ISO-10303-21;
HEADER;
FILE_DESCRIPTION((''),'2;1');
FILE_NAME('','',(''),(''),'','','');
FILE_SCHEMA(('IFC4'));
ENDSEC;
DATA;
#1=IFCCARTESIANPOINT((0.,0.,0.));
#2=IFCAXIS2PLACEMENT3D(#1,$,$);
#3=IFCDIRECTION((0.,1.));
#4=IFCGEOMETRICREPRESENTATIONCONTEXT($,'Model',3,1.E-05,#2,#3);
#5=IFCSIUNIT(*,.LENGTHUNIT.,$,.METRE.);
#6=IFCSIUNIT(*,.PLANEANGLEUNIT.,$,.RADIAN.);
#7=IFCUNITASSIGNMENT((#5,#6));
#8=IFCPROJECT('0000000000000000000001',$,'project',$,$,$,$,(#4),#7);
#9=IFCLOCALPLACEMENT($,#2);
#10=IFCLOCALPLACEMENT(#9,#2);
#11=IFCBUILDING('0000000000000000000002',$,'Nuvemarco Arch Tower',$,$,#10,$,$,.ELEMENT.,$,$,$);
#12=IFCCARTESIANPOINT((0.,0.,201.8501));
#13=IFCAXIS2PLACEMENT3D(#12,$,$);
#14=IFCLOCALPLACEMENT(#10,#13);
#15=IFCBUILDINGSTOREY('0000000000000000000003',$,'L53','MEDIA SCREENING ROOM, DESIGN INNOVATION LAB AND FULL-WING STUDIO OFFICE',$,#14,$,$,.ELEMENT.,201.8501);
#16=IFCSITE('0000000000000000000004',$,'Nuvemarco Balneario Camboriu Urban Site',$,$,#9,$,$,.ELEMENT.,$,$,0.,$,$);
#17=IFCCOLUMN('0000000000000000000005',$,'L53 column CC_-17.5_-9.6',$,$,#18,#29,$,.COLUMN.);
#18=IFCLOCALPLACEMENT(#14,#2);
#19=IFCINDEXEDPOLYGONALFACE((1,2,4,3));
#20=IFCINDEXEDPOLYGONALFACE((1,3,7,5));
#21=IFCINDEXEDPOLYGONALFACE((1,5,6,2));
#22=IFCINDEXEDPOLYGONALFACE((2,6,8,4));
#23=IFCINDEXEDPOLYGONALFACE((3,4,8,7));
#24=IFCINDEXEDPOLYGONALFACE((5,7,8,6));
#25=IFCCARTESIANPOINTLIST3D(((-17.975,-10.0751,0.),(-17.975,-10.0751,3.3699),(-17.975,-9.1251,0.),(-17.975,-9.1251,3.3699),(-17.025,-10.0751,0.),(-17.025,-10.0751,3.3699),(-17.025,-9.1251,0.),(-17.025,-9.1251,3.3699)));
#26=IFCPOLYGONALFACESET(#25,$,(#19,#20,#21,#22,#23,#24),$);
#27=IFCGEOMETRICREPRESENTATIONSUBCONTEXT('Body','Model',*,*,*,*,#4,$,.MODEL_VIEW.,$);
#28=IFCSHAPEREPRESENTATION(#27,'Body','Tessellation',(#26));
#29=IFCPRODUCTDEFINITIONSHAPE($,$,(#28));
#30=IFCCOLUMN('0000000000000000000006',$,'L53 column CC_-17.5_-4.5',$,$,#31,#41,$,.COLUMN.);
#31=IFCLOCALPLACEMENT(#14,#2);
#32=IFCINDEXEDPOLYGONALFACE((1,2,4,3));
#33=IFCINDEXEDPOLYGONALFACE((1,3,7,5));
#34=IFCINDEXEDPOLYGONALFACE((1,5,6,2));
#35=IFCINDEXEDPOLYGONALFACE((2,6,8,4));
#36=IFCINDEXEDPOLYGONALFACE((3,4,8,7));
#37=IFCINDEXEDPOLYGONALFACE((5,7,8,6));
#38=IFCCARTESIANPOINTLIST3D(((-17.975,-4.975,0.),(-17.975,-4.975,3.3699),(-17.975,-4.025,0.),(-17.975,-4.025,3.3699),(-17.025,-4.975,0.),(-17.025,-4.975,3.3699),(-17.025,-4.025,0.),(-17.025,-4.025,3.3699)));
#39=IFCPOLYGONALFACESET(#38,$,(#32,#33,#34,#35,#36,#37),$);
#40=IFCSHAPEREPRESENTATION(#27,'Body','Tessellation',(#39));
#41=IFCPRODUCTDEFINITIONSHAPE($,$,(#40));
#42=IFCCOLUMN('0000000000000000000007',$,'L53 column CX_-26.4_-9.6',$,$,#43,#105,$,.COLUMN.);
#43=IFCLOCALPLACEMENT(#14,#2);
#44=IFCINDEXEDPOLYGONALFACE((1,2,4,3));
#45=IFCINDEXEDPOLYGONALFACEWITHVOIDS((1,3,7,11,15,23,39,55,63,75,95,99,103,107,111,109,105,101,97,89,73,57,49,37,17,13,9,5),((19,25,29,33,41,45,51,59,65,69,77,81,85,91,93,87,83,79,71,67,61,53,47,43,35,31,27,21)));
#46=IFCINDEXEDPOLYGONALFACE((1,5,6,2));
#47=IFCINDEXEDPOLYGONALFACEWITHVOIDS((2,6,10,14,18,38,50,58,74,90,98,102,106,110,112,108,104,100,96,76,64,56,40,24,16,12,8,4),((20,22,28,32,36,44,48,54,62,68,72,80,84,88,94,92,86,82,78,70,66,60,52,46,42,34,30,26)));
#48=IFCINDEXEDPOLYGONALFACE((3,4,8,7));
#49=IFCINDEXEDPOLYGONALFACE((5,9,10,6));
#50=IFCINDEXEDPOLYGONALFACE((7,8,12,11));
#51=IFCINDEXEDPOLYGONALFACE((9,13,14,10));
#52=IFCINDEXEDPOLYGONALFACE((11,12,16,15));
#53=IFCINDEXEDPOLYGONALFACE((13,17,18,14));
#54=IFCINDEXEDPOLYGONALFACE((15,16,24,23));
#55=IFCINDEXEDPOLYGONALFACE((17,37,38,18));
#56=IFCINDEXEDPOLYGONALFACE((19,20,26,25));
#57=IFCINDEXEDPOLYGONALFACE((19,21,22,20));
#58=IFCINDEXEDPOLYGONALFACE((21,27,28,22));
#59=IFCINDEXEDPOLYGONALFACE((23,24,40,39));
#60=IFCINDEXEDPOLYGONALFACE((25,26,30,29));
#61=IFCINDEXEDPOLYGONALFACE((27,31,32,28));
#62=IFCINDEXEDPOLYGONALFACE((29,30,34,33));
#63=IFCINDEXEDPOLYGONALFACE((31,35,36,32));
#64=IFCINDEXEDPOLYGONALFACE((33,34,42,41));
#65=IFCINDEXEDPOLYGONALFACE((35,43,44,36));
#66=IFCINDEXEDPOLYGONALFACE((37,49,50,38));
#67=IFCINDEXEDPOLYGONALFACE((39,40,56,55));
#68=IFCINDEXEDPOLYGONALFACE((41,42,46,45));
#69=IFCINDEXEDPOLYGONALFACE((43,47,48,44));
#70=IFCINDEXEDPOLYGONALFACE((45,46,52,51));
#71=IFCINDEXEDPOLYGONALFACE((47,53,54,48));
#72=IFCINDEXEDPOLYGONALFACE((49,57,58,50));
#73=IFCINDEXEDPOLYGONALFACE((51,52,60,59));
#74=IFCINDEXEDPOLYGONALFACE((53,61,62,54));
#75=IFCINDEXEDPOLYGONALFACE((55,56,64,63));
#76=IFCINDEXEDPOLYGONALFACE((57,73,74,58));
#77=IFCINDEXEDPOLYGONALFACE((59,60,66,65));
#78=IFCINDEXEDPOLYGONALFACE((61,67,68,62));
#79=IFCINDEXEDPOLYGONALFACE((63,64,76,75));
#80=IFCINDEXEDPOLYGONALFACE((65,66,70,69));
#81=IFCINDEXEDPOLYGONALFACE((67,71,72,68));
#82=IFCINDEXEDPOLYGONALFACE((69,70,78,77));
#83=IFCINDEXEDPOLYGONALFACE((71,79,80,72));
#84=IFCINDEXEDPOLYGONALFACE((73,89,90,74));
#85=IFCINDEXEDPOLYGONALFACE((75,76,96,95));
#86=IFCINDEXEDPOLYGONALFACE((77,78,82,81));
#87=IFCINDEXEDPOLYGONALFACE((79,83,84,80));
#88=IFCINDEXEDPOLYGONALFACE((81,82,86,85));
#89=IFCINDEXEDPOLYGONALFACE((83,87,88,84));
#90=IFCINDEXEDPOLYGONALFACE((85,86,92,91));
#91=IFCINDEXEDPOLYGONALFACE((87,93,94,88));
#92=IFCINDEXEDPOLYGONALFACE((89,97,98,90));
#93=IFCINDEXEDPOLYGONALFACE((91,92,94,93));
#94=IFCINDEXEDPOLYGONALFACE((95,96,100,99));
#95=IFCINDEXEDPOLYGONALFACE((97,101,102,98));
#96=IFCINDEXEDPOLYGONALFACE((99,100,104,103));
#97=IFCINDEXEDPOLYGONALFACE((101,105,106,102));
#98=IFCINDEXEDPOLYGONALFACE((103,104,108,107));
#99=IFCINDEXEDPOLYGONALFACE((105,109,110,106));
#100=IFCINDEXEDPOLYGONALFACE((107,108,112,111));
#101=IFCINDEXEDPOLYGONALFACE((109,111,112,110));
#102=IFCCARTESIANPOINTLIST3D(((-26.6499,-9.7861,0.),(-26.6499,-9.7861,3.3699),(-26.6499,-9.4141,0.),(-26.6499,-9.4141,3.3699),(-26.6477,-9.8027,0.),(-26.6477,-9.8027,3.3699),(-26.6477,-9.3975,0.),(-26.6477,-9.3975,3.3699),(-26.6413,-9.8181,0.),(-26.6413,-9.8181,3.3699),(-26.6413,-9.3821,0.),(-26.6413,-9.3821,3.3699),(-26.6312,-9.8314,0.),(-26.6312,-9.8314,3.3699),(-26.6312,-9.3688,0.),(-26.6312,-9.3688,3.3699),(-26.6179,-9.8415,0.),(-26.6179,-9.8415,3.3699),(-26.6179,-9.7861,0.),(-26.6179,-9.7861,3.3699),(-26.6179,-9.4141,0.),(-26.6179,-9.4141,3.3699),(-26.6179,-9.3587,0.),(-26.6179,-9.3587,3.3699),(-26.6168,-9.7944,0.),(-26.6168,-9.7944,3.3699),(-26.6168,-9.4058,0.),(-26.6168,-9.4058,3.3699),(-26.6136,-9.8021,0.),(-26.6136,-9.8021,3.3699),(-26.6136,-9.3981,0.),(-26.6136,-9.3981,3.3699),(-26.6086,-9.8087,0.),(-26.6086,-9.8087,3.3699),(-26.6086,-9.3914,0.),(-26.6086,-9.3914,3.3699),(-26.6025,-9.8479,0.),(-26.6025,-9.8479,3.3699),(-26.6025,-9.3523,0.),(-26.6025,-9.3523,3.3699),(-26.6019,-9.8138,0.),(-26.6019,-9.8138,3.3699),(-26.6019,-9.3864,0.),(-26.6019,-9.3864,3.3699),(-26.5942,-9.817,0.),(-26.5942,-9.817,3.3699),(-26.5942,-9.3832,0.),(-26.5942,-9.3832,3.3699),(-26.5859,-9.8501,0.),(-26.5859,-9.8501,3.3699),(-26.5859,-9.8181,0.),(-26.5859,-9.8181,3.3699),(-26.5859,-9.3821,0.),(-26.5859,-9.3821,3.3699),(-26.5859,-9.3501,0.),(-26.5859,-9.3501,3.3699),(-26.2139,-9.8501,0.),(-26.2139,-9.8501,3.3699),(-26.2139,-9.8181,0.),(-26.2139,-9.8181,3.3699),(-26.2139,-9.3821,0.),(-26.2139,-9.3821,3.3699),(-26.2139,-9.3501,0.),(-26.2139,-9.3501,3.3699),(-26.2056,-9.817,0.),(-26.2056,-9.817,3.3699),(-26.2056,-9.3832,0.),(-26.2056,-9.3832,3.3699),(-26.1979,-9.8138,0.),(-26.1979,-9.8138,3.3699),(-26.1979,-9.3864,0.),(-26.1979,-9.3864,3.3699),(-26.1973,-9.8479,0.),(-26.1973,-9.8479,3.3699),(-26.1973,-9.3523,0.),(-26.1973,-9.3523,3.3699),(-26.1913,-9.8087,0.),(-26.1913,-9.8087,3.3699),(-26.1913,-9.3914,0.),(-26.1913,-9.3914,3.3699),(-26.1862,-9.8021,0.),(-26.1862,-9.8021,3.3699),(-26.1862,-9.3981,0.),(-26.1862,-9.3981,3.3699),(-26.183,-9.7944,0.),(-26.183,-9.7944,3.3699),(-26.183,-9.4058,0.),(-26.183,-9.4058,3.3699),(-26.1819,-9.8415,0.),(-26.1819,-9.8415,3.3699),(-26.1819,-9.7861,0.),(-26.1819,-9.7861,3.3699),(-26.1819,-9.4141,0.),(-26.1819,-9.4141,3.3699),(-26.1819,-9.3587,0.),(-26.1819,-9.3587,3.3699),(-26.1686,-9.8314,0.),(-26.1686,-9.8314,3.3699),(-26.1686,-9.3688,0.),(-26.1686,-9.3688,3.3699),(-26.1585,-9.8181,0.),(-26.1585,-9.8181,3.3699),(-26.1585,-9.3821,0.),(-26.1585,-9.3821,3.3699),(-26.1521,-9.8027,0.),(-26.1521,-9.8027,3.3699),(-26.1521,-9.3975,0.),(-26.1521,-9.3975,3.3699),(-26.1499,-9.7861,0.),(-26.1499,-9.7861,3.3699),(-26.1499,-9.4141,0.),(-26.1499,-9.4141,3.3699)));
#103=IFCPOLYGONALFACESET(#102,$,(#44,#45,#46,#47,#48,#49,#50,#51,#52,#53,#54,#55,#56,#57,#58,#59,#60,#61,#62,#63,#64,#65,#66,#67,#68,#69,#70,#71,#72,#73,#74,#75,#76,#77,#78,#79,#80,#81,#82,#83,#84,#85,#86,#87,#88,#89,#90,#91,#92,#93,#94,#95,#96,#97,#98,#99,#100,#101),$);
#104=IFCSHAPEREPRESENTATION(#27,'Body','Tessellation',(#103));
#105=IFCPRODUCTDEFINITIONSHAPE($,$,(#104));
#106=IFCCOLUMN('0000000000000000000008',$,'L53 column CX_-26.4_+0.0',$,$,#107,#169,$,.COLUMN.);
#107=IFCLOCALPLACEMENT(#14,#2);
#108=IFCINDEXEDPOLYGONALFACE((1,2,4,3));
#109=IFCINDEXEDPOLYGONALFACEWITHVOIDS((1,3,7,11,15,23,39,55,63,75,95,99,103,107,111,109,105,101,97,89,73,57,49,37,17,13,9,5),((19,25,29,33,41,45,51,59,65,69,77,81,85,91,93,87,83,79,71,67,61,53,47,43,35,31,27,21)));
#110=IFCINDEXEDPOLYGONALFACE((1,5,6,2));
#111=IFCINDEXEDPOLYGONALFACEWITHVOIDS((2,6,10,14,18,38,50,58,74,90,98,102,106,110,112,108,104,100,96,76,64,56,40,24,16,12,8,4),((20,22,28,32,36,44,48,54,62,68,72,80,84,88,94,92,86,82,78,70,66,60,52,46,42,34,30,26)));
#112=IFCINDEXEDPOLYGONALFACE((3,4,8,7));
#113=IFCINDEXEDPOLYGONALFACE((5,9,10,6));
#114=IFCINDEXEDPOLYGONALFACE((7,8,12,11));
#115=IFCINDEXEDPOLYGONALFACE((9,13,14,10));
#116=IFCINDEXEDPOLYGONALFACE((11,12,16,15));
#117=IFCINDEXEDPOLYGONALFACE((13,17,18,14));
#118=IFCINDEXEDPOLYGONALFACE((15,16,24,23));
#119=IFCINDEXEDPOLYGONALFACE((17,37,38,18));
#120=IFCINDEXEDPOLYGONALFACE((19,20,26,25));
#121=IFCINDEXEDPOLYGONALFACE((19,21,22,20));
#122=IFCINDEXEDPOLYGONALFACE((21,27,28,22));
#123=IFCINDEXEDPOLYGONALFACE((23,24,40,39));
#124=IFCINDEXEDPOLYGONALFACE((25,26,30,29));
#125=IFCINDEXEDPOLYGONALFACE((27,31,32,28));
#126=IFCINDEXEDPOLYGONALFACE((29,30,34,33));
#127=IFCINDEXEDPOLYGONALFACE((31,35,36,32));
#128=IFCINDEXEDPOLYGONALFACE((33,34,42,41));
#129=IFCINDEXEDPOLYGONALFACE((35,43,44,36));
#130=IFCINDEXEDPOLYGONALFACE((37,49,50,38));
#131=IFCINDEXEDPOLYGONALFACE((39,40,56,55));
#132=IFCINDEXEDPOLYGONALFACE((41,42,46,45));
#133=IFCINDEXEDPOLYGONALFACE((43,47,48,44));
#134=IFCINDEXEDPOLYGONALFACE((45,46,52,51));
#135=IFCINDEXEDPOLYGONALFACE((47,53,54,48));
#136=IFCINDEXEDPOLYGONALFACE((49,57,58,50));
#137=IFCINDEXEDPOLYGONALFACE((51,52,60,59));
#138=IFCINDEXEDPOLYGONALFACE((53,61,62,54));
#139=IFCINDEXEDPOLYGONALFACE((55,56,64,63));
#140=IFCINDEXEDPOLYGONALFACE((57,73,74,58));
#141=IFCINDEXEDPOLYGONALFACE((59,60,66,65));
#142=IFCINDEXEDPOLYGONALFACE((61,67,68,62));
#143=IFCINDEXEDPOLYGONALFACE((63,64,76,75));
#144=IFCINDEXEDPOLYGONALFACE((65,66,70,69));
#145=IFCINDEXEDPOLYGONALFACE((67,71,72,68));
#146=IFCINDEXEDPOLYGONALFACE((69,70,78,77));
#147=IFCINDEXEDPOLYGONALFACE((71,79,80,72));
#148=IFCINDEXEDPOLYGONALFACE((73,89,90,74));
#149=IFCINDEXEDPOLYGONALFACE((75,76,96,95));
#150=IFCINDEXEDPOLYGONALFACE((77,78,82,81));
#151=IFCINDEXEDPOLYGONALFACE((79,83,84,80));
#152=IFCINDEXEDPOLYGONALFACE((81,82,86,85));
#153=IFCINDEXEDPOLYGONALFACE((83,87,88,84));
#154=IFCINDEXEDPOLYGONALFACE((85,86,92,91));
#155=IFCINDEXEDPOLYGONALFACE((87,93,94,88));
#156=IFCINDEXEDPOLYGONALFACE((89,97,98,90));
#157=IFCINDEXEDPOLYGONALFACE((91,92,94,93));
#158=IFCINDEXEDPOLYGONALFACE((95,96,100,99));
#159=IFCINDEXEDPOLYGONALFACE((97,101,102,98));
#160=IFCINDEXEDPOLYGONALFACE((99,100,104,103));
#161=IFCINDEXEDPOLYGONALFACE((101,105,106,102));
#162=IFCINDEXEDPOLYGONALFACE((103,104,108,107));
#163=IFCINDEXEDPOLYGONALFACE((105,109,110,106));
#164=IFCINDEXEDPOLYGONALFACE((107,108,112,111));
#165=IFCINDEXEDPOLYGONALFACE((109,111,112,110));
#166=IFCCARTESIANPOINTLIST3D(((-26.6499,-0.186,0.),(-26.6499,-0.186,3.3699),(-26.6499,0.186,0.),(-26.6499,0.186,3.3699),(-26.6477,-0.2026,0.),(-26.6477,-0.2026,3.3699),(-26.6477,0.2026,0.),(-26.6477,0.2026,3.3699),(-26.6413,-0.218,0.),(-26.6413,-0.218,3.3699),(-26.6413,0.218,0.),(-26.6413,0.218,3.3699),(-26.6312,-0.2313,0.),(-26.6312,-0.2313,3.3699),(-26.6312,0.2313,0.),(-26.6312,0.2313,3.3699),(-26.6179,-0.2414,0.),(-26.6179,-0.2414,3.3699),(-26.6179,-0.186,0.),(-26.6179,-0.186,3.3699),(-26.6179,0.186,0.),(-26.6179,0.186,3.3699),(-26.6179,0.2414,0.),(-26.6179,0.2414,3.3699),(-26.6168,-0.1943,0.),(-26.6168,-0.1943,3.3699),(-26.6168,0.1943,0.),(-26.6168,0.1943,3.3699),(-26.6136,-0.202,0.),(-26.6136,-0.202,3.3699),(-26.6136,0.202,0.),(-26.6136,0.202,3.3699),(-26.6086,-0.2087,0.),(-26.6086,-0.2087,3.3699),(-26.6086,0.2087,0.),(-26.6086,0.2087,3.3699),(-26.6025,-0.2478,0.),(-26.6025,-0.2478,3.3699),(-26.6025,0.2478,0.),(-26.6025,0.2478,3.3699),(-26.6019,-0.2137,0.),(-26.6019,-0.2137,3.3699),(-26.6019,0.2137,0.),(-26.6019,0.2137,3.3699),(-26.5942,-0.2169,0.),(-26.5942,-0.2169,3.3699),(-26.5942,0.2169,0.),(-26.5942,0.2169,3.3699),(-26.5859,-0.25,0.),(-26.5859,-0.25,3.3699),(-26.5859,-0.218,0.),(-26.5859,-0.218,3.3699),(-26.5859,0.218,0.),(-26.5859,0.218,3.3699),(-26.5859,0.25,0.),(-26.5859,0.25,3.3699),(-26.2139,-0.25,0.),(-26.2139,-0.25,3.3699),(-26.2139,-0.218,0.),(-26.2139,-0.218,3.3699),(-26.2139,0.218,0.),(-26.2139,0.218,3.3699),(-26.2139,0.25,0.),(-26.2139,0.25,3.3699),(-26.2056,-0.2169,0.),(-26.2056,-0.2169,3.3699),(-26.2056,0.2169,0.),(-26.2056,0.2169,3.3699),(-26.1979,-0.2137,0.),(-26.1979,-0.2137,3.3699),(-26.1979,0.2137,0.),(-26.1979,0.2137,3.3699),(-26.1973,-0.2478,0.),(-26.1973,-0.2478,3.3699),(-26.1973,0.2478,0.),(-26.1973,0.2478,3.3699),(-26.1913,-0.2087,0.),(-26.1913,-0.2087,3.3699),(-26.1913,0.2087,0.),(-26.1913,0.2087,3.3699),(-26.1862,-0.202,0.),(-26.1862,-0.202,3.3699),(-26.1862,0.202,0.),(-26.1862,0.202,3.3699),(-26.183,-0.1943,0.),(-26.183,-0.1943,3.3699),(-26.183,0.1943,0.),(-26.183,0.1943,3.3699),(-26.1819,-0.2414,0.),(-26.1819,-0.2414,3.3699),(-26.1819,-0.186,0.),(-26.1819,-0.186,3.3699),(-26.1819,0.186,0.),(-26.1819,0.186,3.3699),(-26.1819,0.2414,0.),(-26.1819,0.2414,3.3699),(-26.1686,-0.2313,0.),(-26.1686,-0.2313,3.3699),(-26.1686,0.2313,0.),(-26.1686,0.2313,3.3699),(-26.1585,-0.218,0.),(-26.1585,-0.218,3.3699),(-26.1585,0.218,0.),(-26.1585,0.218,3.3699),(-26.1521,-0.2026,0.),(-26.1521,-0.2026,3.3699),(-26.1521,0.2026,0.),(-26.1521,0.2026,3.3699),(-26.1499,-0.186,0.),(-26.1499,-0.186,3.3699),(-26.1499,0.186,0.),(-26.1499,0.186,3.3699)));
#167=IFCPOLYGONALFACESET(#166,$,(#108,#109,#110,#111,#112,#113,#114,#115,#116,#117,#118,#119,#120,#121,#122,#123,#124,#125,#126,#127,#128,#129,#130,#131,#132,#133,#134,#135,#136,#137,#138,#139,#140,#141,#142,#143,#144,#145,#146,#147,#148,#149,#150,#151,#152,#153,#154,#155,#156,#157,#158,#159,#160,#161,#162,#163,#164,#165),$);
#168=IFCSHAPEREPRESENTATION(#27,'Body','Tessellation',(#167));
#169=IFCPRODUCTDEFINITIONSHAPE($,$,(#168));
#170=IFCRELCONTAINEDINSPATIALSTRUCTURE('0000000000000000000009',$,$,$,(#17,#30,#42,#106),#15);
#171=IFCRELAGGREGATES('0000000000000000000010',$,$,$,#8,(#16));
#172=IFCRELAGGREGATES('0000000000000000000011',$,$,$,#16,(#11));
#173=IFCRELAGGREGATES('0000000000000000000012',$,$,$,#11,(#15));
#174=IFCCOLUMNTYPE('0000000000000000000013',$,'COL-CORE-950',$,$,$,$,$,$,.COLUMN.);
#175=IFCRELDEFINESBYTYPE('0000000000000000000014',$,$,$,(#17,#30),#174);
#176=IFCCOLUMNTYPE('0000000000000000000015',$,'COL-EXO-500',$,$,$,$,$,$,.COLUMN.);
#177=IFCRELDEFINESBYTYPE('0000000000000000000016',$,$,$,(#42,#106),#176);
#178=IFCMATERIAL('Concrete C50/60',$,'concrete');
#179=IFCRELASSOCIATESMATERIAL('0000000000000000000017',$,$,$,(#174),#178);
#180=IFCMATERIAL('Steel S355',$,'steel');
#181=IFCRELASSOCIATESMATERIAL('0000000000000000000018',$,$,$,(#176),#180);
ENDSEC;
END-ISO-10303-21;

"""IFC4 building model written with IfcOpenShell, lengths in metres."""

from ifc_helpers import new_model, si_unit, direction, frame, origin, origin_2d, place, context, subcontext, project, spatial, rectangle, hollow_rectangle, extrude, material, material_profile, profile_set, type_object, element, save


model = new_model("IFC4")

# Units and contexts
model_context = context("Model", 3, precision=1e-05, world=origin(), true_north=direction((0.0, 1.0)))
body_context = subcontext(model_context, "Body", "Model", "MODEL_VIEW")
ifc_project = project(units=[si_unit("LENGTHUNIT", "METRE"), si_unit("PLANEANGLEUNIT", "RADIAN")], contexts=[model_context])

# Site, building, storey
site_placement = place(None, origin())
site = spatial("IfcSite", under=ifc_project, at=site_placement, Name="Nuvemarco Balneario Camboriu Urban Site", CompositionType="ELEMENT", RefElevation=0.0)
building_placement = place(site_placement, origin())
building = spatial("IfcBuilding", under=site, at=building_placement, Name="Nuvemarco Arch Tower", CompositionType="ELEMENT")
storey_placement = place(building_placement, frame((0.0, 0.0, 201.8501)))
storey = spatial("IfcBuildingStorey", under=building, at=storey_placement, Name="L53", Description="MEDIA SCREENING ROOM, DESIGN INNOVATION LAB AND FULL-WING STUDIO OFFICE", CompositionType="ELEMENT", Elevation=201.8501)

# Columns
ifc_material_1 = material(Name="Concrete C50/60", Category="concrete")
ifc_material_profile_1 = material_profile(ifc_material_1, rectangle(XDim=0.95, YDim=0.95, at=origin_2d()), Name="RC-COL-950x950")
ifc_profile_set_1 = profile_set([ifc_material_profile_1], Name="Concrete C50/60")
column_type_1 = type_object("IfcColumnType", Name="COL-CORE-950", PredefinedType="COLUMN", material=ifc_profile_set_1)
for number, where, z_axis, x_axis, name in (
    (1, (-17.5, -9.6001, 0.0), (0.0, 0.0, 1.0), (1.0, 0.0, 0.0), "L53 column CC_-17.5_-9.6"),
    (2, (-17.5, -4.5, 0.0), (0.0, 0.0, 1.0), (1.0, 0.0, 0.0), "L53 column CC_-17.5_-4.5"),
):
    element("IfcColumn", number, at=place(storey_placement, frame(where, z_axis=z_axis, x_axis=x_axis)), inside=storey, type_object=column_type_1, Name=name, PredefinedType="COLUMN", context=body_context, shape_type="SweptSolid", body=[
        extrude(rectangle(XDim=0.95, YDim=0.95, at=origin_2d()), origin(), (0.0, 0.0, 1.0), 3.3699),
    ])
ifc_material_2 = material(Name="Steel S355", Category="steel")
ifc_material_profile_2 = material_profile(ifc_material_2, hollow_rectangle(XDim=0.5, YDim=0.5, WallThickness=0.032, InnerFilletRadius=0.032, OuterFilletRadius=0.064, at=origin_2d()), Name="SHS500x500x32")
ifc_profile_set_2 = profile_set([ifc_material_profile_2], Name="Steel S355")
column_type_2 = type_object("IfcColumnType", Name="COL-EXO-500", PredefinedType="COLUMN", material=ifc_profile_set_2)
for number, where, z_axis, x_axis, name in (
    (3, (-26.3999, -9.6001, 0.0), (0.0, 0.0, 1.0), (1.0, 0.0, 0.0), "L53 column CX_-26.4_-9.6"),
    (4, (-26.3999, 0.0, 0.0), (0.0, 0.0, 1.0), (1.0, 0.0, 0.0), "L53 column CX_-26.4_+0.0"),
):
    element("IfcColumn", number, at=place(storey_placement, frame(where, z_axis=z_axis, x_axis=x_axis)), inside=storey, type_object=column_type_2, Name=name, PredefinedType="COLUMN", context=body_context, shape_type="SweptSolid", body=[
        extrude(hollow_rectangle(XDim=0.5, YDim=0.5, WallThickness=0.032, InnerFilletRadius=0.032, OuterFilletRadius=0.064, at=origin_2d()), origin(), (0.0, 0.0, 1.0), 3.3699),
    ])

save(model, "model.ifc")
